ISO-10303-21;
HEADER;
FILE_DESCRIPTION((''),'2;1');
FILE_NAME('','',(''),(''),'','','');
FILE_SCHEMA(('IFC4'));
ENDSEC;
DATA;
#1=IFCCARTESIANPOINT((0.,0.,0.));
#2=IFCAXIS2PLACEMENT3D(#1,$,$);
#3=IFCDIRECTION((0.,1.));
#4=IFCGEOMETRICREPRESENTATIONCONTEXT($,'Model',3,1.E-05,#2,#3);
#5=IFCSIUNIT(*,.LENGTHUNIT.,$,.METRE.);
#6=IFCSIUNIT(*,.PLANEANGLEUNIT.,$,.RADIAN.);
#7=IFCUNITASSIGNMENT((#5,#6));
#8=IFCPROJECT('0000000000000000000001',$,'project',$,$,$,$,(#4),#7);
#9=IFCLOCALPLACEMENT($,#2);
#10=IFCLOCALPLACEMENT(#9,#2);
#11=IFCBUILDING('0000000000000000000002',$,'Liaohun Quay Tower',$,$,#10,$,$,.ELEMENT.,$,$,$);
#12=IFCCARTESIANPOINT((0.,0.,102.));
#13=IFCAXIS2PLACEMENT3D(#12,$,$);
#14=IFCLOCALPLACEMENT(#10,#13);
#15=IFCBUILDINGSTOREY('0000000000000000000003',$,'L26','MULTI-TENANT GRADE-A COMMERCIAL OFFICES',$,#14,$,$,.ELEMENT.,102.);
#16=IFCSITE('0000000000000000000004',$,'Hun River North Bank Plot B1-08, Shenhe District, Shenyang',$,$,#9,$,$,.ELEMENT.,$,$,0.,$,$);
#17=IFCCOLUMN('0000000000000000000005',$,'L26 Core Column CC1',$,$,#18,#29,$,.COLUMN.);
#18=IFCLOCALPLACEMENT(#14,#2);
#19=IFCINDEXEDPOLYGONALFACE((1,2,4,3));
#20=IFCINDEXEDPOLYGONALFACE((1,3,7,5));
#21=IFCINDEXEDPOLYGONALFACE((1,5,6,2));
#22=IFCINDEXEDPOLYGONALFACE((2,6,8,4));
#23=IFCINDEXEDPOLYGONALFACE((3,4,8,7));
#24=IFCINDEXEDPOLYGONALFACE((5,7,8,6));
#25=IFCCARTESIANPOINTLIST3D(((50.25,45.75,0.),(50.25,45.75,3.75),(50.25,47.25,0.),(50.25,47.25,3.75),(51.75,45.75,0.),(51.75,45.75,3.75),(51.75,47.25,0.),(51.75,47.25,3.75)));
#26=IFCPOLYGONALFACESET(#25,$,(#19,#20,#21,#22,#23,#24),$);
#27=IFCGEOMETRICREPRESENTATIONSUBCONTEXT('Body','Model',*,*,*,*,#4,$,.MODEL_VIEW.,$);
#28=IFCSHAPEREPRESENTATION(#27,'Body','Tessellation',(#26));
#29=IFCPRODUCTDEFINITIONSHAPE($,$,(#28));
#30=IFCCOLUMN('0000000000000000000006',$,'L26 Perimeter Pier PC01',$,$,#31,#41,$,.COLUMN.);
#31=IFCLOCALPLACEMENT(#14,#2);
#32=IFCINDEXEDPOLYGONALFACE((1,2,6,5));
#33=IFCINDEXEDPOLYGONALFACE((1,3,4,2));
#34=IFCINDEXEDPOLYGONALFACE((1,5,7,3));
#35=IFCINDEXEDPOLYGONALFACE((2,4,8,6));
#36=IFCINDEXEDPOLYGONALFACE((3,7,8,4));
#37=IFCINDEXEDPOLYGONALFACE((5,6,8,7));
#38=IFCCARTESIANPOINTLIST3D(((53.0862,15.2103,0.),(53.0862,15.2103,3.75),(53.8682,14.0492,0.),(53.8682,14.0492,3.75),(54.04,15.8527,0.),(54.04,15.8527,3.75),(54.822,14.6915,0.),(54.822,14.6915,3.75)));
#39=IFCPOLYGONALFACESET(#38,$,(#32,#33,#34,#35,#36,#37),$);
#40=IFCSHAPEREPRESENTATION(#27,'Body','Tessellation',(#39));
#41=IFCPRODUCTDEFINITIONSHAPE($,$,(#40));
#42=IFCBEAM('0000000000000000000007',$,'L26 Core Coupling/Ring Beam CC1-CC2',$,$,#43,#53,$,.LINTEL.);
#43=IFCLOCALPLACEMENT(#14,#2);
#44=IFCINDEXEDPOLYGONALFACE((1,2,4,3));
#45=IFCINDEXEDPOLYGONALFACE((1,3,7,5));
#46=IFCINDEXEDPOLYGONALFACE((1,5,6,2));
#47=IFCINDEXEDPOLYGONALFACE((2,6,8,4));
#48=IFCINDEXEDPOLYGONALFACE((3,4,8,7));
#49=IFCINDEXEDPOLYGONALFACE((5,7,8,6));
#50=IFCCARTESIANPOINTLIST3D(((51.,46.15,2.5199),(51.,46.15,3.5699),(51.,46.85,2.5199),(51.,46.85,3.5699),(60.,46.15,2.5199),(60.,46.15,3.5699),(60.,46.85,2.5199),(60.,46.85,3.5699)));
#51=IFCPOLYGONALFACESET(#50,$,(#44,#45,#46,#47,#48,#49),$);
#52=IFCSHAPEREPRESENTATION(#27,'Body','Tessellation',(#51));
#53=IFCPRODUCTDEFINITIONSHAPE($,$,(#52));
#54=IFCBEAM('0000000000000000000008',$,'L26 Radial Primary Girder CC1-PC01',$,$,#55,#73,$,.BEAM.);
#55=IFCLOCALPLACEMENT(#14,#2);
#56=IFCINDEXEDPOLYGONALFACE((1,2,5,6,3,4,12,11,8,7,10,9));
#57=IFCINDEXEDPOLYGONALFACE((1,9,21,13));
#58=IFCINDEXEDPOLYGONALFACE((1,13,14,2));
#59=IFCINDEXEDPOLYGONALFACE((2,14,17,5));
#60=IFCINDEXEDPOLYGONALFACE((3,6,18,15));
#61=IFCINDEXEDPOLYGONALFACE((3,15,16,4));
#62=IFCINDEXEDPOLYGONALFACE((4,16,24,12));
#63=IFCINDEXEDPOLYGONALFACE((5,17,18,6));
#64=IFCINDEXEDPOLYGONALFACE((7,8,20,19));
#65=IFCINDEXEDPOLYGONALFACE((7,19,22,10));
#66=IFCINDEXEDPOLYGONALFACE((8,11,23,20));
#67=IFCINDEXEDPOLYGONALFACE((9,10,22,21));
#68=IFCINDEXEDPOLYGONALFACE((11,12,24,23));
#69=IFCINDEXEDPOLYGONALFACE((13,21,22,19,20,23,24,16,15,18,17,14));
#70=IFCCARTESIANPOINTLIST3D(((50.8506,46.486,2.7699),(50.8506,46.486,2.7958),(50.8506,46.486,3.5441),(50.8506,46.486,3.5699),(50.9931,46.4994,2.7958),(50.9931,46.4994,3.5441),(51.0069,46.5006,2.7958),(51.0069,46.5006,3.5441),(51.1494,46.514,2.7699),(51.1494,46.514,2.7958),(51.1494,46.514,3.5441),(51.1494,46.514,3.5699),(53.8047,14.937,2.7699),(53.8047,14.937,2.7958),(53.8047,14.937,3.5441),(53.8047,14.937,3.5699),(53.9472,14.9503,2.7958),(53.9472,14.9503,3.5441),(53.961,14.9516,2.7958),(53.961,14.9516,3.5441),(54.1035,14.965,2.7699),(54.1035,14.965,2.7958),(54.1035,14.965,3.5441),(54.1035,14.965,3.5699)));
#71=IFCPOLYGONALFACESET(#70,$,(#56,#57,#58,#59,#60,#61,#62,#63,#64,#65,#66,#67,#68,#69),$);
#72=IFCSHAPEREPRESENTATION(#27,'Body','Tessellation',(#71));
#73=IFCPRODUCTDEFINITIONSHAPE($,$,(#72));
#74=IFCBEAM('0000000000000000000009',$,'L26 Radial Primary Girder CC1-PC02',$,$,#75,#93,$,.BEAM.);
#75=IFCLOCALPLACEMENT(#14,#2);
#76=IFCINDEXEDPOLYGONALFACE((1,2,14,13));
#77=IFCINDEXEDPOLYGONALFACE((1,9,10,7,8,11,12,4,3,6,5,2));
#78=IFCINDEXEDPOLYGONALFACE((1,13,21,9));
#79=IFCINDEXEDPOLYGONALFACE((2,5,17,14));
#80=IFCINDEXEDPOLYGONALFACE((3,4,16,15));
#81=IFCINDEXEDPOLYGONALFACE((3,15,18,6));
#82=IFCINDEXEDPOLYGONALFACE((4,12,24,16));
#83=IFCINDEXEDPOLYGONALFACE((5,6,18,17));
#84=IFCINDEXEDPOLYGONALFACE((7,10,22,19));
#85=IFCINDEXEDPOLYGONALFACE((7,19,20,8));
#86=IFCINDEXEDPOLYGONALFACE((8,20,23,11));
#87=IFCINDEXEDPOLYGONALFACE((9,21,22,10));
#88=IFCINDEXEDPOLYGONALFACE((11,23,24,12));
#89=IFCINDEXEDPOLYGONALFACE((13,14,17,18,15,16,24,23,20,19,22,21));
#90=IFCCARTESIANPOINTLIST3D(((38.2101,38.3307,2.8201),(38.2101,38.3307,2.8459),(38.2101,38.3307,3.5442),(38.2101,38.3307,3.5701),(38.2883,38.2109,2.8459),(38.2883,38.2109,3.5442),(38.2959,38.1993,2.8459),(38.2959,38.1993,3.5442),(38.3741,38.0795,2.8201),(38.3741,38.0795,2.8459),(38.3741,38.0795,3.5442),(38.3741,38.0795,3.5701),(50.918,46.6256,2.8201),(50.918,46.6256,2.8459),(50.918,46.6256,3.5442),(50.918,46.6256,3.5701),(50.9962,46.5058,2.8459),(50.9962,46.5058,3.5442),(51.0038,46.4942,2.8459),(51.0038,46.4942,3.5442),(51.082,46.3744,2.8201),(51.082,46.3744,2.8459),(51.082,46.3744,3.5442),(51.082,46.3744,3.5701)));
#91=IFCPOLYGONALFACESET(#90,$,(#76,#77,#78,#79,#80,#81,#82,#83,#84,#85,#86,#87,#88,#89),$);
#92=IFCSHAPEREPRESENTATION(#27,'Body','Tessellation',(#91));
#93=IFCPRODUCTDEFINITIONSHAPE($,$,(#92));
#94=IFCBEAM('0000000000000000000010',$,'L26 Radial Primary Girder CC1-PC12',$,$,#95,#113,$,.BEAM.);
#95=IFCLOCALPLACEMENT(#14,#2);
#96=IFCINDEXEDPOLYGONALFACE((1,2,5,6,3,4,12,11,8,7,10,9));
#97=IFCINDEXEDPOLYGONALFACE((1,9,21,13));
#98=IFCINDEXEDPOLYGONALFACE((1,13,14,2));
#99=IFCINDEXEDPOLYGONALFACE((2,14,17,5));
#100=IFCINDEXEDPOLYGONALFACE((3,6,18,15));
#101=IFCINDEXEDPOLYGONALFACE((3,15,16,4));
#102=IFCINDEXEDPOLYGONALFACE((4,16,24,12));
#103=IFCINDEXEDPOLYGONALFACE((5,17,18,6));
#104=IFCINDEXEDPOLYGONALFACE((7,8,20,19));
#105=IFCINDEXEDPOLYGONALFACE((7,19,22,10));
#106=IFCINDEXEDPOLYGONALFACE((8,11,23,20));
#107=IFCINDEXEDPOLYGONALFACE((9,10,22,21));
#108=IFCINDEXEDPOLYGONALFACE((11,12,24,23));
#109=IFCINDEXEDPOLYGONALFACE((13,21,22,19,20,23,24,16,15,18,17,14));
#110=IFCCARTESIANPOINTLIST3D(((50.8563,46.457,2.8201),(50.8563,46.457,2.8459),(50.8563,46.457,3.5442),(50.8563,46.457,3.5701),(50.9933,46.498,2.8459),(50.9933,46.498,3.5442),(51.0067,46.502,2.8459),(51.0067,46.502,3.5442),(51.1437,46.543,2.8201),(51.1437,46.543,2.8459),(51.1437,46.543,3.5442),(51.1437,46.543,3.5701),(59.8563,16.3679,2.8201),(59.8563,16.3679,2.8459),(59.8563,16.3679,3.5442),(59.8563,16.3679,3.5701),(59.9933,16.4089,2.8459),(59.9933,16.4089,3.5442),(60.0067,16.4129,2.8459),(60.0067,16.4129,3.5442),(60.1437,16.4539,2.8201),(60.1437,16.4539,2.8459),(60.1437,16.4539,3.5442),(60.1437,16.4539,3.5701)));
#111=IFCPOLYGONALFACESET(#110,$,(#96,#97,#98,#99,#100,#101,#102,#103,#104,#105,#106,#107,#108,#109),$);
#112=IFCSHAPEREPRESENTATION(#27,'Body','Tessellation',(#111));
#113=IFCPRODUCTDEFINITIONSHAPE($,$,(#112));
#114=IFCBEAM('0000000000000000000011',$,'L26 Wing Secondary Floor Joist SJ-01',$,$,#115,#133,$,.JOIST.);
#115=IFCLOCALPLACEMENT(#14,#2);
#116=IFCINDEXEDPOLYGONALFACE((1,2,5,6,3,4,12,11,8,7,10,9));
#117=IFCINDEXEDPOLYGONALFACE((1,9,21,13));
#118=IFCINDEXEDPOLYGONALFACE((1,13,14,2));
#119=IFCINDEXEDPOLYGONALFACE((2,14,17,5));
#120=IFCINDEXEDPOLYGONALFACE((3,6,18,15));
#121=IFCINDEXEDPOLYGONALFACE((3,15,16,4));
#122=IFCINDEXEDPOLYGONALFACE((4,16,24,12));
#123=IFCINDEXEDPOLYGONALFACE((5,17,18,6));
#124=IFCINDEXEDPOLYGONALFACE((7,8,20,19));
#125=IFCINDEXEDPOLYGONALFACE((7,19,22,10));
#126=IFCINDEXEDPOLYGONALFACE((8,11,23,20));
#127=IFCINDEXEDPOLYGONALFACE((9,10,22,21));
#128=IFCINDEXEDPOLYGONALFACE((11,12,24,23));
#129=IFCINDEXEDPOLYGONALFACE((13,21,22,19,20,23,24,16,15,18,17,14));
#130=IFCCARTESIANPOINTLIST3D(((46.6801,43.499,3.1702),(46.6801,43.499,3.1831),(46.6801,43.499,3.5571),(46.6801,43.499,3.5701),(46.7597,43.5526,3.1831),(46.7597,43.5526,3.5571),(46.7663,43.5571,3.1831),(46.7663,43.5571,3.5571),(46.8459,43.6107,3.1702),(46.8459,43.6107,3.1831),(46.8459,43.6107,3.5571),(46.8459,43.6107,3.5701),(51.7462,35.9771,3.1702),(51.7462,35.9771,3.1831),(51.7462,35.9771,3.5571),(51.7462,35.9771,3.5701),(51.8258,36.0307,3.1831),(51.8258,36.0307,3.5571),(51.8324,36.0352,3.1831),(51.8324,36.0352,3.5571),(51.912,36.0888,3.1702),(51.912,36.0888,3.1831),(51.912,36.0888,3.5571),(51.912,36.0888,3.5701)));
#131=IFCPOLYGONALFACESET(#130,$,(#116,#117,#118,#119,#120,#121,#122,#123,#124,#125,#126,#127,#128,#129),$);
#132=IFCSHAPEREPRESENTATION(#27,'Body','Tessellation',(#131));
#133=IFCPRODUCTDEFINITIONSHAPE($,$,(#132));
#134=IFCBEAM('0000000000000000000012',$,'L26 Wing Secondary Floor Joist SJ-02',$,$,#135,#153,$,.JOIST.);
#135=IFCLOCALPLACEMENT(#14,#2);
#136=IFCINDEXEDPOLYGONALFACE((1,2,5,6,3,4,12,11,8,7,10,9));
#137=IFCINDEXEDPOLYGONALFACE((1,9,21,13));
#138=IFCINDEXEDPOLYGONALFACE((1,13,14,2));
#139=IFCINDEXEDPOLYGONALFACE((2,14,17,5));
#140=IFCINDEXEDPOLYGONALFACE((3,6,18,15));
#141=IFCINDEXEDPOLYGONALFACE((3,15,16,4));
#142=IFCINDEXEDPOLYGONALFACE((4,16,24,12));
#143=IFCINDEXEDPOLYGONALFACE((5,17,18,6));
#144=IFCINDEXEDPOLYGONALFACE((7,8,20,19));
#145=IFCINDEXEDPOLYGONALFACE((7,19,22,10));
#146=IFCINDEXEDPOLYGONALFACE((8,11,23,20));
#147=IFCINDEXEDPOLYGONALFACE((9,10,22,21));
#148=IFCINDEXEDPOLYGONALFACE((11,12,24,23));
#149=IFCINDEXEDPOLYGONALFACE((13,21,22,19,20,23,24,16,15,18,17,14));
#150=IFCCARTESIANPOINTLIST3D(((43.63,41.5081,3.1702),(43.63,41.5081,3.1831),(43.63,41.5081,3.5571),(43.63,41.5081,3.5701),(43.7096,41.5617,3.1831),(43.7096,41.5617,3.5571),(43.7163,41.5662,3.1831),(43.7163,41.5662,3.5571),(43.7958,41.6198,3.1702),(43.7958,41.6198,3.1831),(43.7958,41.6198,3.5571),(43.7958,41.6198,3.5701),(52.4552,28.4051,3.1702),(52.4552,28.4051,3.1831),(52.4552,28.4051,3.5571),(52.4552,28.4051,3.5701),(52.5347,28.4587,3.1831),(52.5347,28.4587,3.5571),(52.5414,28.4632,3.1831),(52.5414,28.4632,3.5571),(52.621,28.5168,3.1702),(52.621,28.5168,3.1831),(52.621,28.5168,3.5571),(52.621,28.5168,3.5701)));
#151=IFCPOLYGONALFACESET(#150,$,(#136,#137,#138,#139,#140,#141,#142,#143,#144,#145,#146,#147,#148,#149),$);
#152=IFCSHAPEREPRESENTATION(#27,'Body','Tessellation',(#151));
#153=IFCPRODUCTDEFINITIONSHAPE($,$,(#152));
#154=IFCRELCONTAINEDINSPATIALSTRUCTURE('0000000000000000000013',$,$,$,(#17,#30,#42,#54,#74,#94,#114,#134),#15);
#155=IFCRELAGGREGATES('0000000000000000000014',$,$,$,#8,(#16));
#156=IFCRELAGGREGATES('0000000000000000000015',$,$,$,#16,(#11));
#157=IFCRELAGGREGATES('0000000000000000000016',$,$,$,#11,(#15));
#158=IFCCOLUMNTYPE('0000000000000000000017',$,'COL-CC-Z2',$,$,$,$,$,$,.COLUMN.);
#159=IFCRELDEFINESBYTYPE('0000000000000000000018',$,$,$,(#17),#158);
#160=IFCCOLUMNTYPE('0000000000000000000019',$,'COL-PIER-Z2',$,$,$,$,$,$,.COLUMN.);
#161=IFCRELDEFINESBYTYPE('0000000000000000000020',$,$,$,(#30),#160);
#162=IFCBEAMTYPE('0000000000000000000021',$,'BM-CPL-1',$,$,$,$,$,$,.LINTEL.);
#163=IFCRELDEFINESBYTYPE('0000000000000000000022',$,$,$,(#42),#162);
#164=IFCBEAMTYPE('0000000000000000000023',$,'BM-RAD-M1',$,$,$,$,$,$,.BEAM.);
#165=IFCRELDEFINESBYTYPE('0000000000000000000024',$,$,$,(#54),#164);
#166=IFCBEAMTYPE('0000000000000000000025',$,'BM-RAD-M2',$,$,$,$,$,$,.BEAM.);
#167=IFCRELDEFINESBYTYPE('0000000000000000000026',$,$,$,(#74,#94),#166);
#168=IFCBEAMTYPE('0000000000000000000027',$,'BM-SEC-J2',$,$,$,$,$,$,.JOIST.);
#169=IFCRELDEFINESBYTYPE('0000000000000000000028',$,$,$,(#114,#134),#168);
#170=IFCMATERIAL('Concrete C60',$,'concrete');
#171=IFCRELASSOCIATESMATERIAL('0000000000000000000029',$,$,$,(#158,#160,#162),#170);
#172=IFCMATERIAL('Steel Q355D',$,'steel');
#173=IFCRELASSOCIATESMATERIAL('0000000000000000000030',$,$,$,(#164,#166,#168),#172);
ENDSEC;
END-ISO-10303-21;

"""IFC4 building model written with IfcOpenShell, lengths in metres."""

from ifc_helpers import new_model, si_unit, direction, frame, origin, origin_2d, place, context, subcontext, project, spatial, rectangle, i_section, extrude, source, transform, mapped, material, material_profile, profile_set, type_object, element, save


model = new_model("IFC4")

# Units and contexts
model_context = context("Model", 3, precision=1e-05, world=origin(), true_north=direction((0.0, 1.0)))
body_context = subcontext(model_context, "Body", "Model", "MODEL_VIEW")
ifc_project = project(units=[si_unit("LENGTHUNIT", "METRE"), si_unit("PLANEANGLEUNIT", "RADIAN")], contexts=[model_context])

# Site, building, storey
site_placement = place(None, origin())
site = spatial("IfcSite", under=ifc_project, at=site_placement, Name="Hun River North Bank Plot B1-08, Shenhe District, Shenyang", CompositionType="ELEMENT", RefElevation=0.0)
building_placement = place(site_placement, origin())
building = spatial("IfcBuilding", under=site, at=building_placement, Name="Liaohun Quay Tower", CompositionType="ELEMENT")
storey_placement = place(building_placement, frame((0.0, 0.0, 102.0)))
storey = spatial("IfcBuildingStorey", under=building, at=storey_placement, Name="L26", Description="MULTI-TENANT GRADE-A COMMERCIAL OFFICES", CompositionType="ELEMENT", Elevation=102.0)

# Columns
ifc_material_1 = material(Name="Concrete C60", Category="concrete")
ifc_material_profile_1 = material_profile(ifc_material_1, rectangle(XDim=1.5, YDim=1.5, at=origin_2d()), Name="RC1500x1500")
ifc_profile_set_1 = profile_set([ifc_material_profile_1], Name="Concrete C60")
column_type_1 = type_object("IfcColumnType", Name="COL-CC-Z2", PredefinedType="COLUMN", material=ifc_profile_set_1)
shared_shape_1 = source(origin(), body_context, "Body", "SweptSolid", [
    extrude(rectangle(XDim=1.5, YDim=1.5, at=origin_2d()), origin(), (0.0, 0.0, 1.0), 3.75),
])
column_1_placement = place(storey_placement, frame((51.0, 46.5, 0.0), z_axis=(0.0, 0.0, 1.0), x_axis=(1.0, 0.0, 0.0)))
element("IfcColumn", 1, at=column_1_placement, inside=storey, type_object=column_type_1, Name="L26 Core Column CC1", PredefinedType="COLUMN", context=body_context, shape_type="MappedRepresentation", body=[
    mapped(shared_shape_1, transform((0.0, 0.0, 0.0), x_axis=(1.0, 0.0, 0.0), y_axis=(0.0, 1.0, 0.0), z_axis=(0.0, 0.0, 1.0), scale=1.0)),
])
ifc_material_profile_2 = material_profile(ifc_material_1, rectangle(XDim=1.3999, YDim=1.1499, at=origin_2d()), Name="RC1400x1150")
ifc_profile_set_2 = profile_set([ifc_material_profile_2], Name="Concrete C60")
column_type_2 = type_object("IfcColumnType", Name="COL-PIER-Z2", PredefinedType="COLUMN", material=ifc_profile_set_2)
shared_shape_2 = source(origin(), body_context, "Body", "SweptSolid", [
    extrude(rectangle(XDim=1.3999, YDim=1.1499, at=origin_2d()), origin(), (0.0, 0.0, 1.0), 3.75),
])
column_2_placement = place(storey_placement, frame((53.9541, 14.9509, 0.0), z_axis=(0.0, 0.0, 1.0), x_axis=(-0.558614, 0.829428, 0.0)))
element("IfcColumn", 2, at=column_2_placement, inside=storey, type_object=column_type_2, Name="L26 Perimeter Pier PC01", PredefinedType="COLUMN", context=body_context, shape_type="MappedRepresentation", body=[
    mapped(shared_shape_2, transform((0.0, 0.0, 0.0), x_axis=(1.0, 0.0, 0.0), y_axis=(0.0, 1.0, 0.0), z_axis=(0.0, 0.0, 1.0), scale=1.0)),
])

# Beams
ifc_material_profile_3 = material_profile(ifc_material_1, rectangle(XDim=0.7, YDim=1.05, at=origin_2d()), Name="RC700x1050")
ifc_profile_set_3 = profile_set([ifc_material_profile_3], Name="Concrete C60")
beam_type_1 = type_object("IfcBeamType", Name="BM-CPL-1", PredefinedType="LINTEL", material=ifc_profile_set_3)
shared_shape_3 = source(origin(), body_context, "Body", "SweptSolid", [
    extrude(rectangle(XDim=0.7, YDim=1.05, at=origin_2d()), origin(), (0.0, 0.0, 1.0), 9.0),
])
beam_1_placement = place(storey_placement, frame((51.0, 46.5, 3.0449), z_axis=(1.0, 0.0, 0.0), x_axis=(0.0, 1.0, 0.0)))
element("IfcBeam", 3, at=beam_1_placement, inside=storey, type_object=beam_type_1, Name="L26 Core Coupling/Ring Beam CC1-CC2", PredefinedType="LINTEL", context=body_context, shape_type="MappedRepresentation", body=[
    mapped(shared_shape_3, transform((0.0, 0.0, 0.0), x_axis=(1.0, 0.0, 0.0), y_axis=(0.0, 1.0, 0.0), z_axis=(0.0, 0.0, 1.0), scale=1.0)),
])
ifc_material_2 = material(Name="Steel Q355D", Category="steel")
ifc_material_profile_4 = material_profile(ifc_material_2, i_section(OverallWidth=0.3, OverallDepth=0.8, WebThickness=0.0139, FlangeThickness=0.0259, at=origin_2d()), Name="HN800x300x14x26")
ifc_profile_set_4 = profile_set([ifc_material_profile_4], Name="Steel Q355D")
beam_type_2 = type_object("IfcBeamType", Name="BM-RAD-M1", PredefinedType="BEAM", material=ifc_profile_set_4)
shared_shape_4 = source(origin(), body_context, "Body", "SweptSolid", [
    extrude(i_section(OverallWidth=0.3, OverallDepth=0.8, WebThickness=0.0139, FlangeThickness=0.0259, at=origin_2d()), origin(), (0.0, 0.0, 1.0), 31.687),
])
beam_2_placement = place(storey_placement, frame((51.0, 46.5, 3.1699), z_axis=(0.093227, -0.995645, 0.0), x_axis=(0.995645, 0.093227, 0.0)))
element("IfcBeam", 4, at=beam_2_placement, inside=storey, type_object=beam_type_2, Name="L26 Radial Primary Girder CC1-PC01", PredefinedType="BEAM", context=body_context, shape_type="MappedRepresentation", body=[
    mapped(shared_shape_4, transform((0.0, 0.0, 0.0), x_axis=(1.0, 0.0, 0.0), y_axis=(0.0, 1.0, 0.0), z_axis=(0.0, 0.0, 1.0), scale=1.0)),
])
ifc_material_profile_5 = material_profile(ifc_material_2, i_section(OverallWidth=0.3, OverallDepth=0.75, WebThickness=0.0139, FlangeThickness=0.0259, at=origin_2d()), Name="HN750x300x14x26")
ifc_profile_set_5 = profile_set([ifc_material_profile_5], Name="Steel Q355D")
beam_type_3 = type_object("IfcBeamType", Name="BM-RAD-M2", PredefinedType="BEAM", material=ifc_profile_set_5)
shared_shape_5 = source(origin(), body_context, "Body", "SweptSolid", [
    extrude(i_section(OverallWidth=0.3, OverallDepth=0.75, WebThickness=0.0139, FlangeThickness=0.0259, at=origin_2d()), origin(), (0.0, 0.0, 1.0), 15.1755),
])
beam_3_placement = place(storey_placement, frame((51.0, 46.5, 3.1951), z_axis=(-0.837397, -0.546596, 0.0), x_axis=(0.546596, -0.837397, 0.0)))
element("IfcBeam", 5, at=beam_3_placement, inside=storey, type_object=beam_type_3, Name="L26 Radial Primary Girder CC1-PC02", PredefinedType="BEAM", context=body_context, shape_type="MappedRepresentation", body=[
    mapped(shared_shape_5, transform((0.0, 0.0, 0.0), x_axis=(1.0, 0.0, 0.0), y_axis=(0.0, 1.0, 0.0), z_axis=(0.0, 0.0, 1.0), scale=1.0)),
])
shared_shape_6 = source(origin(), body_context, "Body", "SweptSolid", [
    extrude(i_section(OverallWidth=0.3, OverallDepth=0.75, WebThickness=0.0139, FlangeThickness=0.0259, at=origin_2d()), origin(), (0.0, 0.0, 1.0), 31.4062),
])
beam_4_placement = place(storey_placement, frame((51.0, 46.5, 3.1951), z_axis=(0.286567, -0.95806, 0.0), x_axis=(0.95806, 0.286567, 0.0)))
element("IfcBeam", 6, at=beam_4_placement, inside=storey, type_object=beam_type_3, Name="L26 Radial Primary Girder CC1-PC12", PredefinedType="BEAM", context=body_context, shape_type="MappedRepresentation", body=[
    mapped(shared_shape_6, transform((0.0, 0.0, 0.0), x_axis=(1.0, 0.0, 0.0), y_axis=(0.0, 1.0, 0.0), z_axis=(0.0, 0.0, 1.0), scale=1.0)),
])
ifc_material_profile_6 = material_profile(ifc_material_2, i_section(OverallWidth=0.2, OverallDepth=0.3999, WebThickness=0.0081, FlangeThickness=0.0129, at=origin_2d()), Name="HN400x200x8x13")
ifc_profile_set_6 = profile_set([ifc_material_profile_6], Name="Steel Q355D")
beam_type_4 = type_object("IfcBeamType", Name="BM-SEC-J2", PredefinedType="JOIST", material=ifc_profile_set_6)
shared_shape_7 = source(origin(), body_context, "Body", "SweptSolid", [
    extrude(i_section(OverallWidth=0.2, OverallDepth=0.3999, WebThickness=0.0081, FlangeThickness=0.0129, at=origin_2d()), origin(), (0.0, 0.0, 1.0), 9.0688),
])
beam_5_placement = place(storey_placement, frame((51.8291, 36.033, 3.3701), z_axis=(-0.558626, 0.829419, 0.0), x_axis=(-0.829419, -0.558626, 0.0)))
element("IfcBeam", 7, at=beam_5_placement, inside=storey, type_object=beam_type_4, Name="L26 Wing Secondary Floor Joist SJ-01", PredefinedType="JOIST", context=body_context, shape_type="MappedRepresentation", body=[
    mapped(shared_shape_7, transform((0.0, 0.0, 0.0), x_axis=(1.0, 0.0, 0.0), y_axis=(0.0, 1.0, 0.0), z_axis=(0.0, 0.0, 1.0), scale=1.0)),
])
shared_shape_8 = source(origin(), body_context, "Body", "SweptSolid", [
    extrude(i_section(OverallWidth=0.2, OverallDepth=0.3999, WebThickness=0.0081, FlangeThickness=0.0129, at=origin_2d()), origin(), (0.0, 0.0, 1.0), 15.7979),
])
beam_6_placement = place(storey_placement, frame((52.5381, 28.4609, 3.3701), z_axis=(-0.558631, 0.829416, 0.0), x_axis=(-0.829416, -0.558631, 0.0)))
element("IfcBeam", 8, at=beam_6_placement, inside=storey, type_object=beam_type_4, Name="L26 Wing Secondary Floor Joist SJ-02", PredefinedType="JOIST", context=body_context, shape_type="MappedRepresentation", body=[
    mapped(shared_shape_8, transform((0.0, 0.0, 0.0), x_axis=(1.0, 0.0, 0.0), y_axis=(0.0, 1.0, 0.0), z_axis=(0.0, 0.0, 1.0), scale=1.0)),
])

save(model, "model.ifc")
